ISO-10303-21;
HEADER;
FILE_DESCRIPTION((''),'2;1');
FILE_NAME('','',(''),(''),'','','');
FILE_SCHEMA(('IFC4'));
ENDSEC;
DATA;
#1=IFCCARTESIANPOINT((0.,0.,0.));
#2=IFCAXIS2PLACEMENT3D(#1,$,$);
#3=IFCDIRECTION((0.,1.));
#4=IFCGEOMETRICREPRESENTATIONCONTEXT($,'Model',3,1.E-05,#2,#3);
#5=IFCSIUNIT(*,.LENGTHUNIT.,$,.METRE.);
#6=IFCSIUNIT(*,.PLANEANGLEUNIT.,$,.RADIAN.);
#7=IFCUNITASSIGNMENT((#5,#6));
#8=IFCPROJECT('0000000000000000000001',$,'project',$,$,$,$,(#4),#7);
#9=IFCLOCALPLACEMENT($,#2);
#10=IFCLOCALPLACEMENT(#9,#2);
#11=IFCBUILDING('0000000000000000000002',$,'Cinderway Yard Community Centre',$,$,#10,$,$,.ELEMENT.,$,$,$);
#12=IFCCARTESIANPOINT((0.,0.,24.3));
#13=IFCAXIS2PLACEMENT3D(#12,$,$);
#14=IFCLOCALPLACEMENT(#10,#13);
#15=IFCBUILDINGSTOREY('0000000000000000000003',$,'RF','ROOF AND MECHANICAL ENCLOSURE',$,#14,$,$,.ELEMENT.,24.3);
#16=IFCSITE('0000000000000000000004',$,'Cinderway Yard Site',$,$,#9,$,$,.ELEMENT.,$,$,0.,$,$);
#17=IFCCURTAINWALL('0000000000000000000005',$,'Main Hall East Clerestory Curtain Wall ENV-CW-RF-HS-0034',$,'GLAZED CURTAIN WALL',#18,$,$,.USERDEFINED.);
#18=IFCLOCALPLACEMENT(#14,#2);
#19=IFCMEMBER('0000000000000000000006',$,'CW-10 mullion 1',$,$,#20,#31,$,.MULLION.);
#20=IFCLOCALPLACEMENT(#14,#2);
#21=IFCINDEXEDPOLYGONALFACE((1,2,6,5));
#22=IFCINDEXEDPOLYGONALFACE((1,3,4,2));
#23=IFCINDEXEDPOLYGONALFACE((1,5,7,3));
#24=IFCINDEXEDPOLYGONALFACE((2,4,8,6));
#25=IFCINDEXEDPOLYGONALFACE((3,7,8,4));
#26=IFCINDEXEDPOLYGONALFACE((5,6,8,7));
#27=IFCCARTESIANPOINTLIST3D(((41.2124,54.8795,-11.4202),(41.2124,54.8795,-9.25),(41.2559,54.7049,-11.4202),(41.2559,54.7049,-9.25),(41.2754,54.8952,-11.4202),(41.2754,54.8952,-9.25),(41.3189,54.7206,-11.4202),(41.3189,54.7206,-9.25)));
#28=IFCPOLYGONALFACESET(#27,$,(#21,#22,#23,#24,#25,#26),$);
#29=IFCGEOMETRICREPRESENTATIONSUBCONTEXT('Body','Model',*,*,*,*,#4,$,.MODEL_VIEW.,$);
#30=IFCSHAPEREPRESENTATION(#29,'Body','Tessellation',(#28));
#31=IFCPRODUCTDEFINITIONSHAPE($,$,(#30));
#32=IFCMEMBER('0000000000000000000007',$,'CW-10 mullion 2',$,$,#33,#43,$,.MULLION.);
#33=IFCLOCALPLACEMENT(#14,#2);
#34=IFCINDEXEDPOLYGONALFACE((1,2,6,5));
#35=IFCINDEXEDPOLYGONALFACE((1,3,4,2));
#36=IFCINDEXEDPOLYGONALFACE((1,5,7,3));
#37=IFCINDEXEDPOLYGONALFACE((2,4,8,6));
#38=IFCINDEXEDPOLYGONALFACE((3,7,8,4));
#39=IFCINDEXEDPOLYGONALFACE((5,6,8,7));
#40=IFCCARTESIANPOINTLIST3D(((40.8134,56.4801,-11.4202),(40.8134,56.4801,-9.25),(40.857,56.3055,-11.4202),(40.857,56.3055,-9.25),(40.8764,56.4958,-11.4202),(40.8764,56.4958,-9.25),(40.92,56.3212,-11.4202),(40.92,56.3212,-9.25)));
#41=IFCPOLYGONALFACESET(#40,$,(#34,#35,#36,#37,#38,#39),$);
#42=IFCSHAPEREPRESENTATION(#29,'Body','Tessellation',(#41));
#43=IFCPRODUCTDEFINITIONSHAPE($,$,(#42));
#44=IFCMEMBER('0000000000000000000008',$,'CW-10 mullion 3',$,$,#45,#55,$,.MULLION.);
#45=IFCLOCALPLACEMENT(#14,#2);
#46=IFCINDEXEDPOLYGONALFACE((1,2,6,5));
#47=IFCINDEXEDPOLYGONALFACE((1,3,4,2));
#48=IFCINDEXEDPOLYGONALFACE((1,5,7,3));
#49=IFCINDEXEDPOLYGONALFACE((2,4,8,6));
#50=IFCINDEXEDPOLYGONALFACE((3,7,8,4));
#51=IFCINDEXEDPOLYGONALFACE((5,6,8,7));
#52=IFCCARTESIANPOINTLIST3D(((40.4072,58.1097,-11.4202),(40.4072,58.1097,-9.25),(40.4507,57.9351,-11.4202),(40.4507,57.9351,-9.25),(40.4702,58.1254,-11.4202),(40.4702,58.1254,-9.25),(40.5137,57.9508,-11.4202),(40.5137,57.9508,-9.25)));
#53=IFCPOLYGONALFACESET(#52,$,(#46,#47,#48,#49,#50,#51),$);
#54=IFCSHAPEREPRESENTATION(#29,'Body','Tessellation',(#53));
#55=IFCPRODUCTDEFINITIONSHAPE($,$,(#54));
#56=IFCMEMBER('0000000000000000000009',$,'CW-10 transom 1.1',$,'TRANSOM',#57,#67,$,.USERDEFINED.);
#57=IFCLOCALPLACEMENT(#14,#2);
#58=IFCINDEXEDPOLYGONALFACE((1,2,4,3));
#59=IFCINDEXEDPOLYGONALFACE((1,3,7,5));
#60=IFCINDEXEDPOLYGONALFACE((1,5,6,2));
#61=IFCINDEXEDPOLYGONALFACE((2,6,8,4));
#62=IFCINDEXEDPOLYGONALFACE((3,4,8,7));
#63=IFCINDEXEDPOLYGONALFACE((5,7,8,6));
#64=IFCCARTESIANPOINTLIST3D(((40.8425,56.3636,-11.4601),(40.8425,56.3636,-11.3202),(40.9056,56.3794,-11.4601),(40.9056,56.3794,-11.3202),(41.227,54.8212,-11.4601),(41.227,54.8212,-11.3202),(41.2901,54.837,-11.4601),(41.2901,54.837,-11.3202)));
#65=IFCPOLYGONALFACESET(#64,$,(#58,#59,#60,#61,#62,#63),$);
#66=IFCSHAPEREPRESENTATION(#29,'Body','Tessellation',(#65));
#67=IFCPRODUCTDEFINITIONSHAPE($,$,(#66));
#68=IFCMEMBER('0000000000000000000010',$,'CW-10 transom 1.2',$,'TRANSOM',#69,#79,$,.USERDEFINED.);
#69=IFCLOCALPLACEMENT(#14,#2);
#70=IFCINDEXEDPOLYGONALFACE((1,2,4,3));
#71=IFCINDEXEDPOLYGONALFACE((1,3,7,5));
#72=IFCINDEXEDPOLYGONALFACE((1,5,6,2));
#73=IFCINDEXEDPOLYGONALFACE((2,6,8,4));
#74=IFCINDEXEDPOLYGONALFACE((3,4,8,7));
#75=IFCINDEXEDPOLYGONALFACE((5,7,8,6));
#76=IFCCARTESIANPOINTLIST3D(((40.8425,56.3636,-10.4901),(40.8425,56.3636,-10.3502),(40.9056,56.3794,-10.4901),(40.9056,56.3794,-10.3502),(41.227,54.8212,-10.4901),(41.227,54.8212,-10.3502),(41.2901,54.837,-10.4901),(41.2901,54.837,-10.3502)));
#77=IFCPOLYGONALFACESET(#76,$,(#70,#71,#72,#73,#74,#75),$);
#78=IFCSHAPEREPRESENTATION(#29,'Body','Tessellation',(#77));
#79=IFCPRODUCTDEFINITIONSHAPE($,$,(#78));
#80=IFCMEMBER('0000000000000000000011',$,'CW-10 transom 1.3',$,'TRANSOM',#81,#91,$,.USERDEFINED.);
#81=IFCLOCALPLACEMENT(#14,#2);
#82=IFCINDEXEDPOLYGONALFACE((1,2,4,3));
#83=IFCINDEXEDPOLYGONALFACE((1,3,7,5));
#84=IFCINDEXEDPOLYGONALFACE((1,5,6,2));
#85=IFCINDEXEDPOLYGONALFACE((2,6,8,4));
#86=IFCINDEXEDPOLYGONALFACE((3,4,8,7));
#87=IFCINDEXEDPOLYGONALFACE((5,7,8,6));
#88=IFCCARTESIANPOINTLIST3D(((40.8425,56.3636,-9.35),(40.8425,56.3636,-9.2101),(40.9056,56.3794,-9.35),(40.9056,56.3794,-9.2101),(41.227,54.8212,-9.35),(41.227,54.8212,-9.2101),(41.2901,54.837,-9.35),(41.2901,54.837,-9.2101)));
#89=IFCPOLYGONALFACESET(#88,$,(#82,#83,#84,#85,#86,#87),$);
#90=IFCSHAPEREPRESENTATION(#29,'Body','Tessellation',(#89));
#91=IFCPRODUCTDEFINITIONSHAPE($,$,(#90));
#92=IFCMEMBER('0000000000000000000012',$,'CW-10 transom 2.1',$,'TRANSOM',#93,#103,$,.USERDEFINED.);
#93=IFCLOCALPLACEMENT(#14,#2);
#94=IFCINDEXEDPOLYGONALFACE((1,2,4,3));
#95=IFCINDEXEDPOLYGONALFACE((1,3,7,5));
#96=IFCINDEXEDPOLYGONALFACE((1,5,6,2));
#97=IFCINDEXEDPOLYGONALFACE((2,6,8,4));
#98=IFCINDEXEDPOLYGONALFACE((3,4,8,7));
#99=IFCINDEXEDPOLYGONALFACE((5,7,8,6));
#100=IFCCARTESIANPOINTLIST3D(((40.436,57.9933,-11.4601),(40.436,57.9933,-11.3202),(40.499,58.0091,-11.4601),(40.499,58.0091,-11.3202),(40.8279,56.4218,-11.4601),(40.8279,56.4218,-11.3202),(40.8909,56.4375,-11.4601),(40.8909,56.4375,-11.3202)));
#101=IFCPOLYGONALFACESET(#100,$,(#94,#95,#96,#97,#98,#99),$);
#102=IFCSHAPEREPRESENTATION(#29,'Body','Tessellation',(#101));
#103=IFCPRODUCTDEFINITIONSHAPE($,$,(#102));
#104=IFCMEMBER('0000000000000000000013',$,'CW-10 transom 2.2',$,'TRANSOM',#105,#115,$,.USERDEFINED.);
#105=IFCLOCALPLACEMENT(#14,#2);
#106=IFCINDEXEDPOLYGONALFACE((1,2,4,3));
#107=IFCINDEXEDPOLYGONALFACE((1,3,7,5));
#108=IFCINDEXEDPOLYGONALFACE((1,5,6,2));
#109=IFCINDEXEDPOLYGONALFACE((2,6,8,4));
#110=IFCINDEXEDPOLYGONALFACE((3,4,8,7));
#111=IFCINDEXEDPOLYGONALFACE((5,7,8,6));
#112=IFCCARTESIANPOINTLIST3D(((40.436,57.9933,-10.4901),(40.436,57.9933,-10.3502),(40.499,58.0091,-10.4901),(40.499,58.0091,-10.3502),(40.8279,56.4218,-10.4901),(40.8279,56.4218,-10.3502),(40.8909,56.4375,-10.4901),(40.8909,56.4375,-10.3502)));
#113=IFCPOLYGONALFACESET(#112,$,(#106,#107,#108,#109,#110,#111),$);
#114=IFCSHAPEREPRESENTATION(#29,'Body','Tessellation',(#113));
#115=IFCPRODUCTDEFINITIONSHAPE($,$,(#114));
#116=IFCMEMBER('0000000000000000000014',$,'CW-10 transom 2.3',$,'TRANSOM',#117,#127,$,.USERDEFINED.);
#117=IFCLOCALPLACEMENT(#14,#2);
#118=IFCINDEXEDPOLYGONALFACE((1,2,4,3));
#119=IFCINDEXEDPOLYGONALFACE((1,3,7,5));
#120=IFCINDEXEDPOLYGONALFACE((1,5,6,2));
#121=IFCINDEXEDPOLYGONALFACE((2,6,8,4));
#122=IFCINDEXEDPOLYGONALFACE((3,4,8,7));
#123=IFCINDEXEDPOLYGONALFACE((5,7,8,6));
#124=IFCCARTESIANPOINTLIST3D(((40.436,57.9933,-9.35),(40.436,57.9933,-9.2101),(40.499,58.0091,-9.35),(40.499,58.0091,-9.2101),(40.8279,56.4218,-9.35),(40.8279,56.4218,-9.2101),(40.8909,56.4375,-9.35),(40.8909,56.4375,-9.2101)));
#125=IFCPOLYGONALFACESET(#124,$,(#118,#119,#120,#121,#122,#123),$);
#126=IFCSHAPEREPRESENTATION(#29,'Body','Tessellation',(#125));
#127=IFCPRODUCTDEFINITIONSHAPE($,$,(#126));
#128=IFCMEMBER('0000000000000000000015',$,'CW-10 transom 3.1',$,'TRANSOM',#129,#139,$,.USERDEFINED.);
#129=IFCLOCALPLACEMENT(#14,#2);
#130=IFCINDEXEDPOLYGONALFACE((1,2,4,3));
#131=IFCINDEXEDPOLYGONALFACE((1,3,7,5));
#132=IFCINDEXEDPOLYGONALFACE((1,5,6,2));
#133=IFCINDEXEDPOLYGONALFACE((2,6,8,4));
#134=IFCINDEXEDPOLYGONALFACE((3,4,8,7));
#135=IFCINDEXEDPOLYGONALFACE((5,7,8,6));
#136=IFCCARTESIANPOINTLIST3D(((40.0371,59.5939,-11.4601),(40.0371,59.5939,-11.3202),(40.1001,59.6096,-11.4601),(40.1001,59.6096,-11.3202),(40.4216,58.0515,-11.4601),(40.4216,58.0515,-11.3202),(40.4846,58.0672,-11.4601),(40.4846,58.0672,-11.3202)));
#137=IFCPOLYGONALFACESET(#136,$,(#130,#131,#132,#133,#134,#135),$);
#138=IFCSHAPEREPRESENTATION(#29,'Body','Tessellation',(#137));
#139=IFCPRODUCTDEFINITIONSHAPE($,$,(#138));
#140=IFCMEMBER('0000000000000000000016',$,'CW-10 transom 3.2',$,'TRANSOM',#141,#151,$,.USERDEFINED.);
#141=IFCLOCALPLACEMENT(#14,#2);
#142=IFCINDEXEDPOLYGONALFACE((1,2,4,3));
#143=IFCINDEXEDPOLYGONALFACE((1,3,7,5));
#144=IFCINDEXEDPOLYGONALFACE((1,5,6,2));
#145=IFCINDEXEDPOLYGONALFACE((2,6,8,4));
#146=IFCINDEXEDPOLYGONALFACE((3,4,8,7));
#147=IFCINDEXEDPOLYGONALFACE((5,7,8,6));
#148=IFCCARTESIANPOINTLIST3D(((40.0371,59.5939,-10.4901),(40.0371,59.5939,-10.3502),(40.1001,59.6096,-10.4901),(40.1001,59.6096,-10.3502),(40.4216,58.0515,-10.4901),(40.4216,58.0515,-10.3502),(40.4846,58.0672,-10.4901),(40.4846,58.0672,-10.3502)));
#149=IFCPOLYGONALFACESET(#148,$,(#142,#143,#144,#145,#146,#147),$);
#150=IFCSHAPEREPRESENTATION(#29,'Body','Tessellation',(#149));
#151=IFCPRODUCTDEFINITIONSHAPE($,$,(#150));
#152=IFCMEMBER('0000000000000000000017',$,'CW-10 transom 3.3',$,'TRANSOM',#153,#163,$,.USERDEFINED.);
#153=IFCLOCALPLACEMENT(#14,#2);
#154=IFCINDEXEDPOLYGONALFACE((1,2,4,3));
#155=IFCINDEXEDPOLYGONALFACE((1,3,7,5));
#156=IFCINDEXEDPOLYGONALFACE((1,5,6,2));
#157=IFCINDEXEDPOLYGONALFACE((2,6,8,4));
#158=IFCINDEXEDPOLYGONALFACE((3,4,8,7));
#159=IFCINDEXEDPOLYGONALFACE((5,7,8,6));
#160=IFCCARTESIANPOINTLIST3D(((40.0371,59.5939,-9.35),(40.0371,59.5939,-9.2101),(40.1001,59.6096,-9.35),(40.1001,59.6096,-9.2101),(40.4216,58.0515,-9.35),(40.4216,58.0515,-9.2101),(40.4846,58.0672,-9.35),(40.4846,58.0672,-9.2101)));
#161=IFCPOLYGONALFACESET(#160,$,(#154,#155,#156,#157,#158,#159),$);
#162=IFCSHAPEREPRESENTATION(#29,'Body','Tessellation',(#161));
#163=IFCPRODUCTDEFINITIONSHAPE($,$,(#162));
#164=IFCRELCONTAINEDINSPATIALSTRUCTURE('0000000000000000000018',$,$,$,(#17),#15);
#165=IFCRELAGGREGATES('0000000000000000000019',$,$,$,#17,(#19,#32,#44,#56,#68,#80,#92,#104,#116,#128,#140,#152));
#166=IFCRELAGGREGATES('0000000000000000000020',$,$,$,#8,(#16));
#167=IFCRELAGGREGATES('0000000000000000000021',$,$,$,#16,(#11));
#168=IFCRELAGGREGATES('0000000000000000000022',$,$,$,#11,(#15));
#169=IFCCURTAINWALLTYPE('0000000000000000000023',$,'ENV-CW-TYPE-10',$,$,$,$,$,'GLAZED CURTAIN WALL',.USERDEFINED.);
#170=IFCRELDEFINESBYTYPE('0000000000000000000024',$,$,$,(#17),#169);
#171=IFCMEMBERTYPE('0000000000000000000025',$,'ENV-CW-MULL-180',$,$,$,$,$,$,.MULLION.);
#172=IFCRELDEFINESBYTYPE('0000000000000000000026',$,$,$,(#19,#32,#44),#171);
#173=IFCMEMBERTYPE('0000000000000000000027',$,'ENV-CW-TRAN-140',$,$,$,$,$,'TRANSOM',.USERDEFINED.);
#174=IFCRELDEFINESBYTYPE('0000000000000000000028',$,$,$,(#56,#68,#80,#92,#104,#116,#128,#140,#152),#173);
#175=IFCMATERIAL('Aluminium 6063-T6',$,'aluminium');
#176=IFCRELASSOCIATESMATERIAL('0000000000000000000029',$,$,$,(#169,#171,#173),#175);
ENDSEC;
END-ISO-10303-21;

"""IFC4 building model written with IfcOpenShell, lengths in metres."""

from ifc_helpers import new_model, si_unit, direction, frame, origin, origin_2d, place, context, subcontext, project, spatial, rectangle, extrude, material, material_profile, profile_set, type_object, element, aggregate, save


model = new_model("IFC4")

# Units and contexts
model_context = context("Model", 3, precision=1e-05, world=origin(), true_north=direction((0.0, 1.0)))
body_context = subcontext(model_context, "Body", "Model", "MODEL_VIEW")
ifc_project = project(units=[si_unit("LENGTHUNIT", "METRE"), si_unit("PLANEANGLEUNIT", "RADIAN")], contexts=[model_context])

# Site, building, storey
site_placement = place(None, origin())
site = spatial("IfcSite", under=ifc_project, at=site_placement, Name="Cinderway Yard Site", CompositionType="ELEMENT", RefElevation=0.0)
building_placement = place(site_placement, origin())
building = spatial("IfcBuilding", under=site, at=building_placement, Name="Cinderway Yard Community Centre", CompositionType="ELEMENT")
storey_placement = place(building_placement, frame((0.0, 0.0, 24.3)))
storey = spatial("IfcBuildingStorey", under=building, at=storey_placement, Name="RF", Description="ROOF AND MECHANICAL ENCLOSURE", CompositionType="ELEMENT", Elevation=24.3)

# Curtain wall, members
ifc_material_1 = material(Name="Aluminium 6063-T6", Category="aluminium")
curtain_wall_type = type_object("IfcCurtainWallType", Name="ENV-CW-TYPE-10", ElementType="GLAZED CURTAIN WALL", PredefinedType="USERDEFINED", material=ifc_material_1)
curtain_wall_placement = place(storey_placement, origin())
curtain_wall = element("IfcCurtainWall", 1, at=curtain_wall_placement, inside=storey, type_object=curtain_wall_type, Name="Main Hall East Clerestory Curtain Wall ENV-CW-RF-HS-0034", ObjectType="GLAZED CURTAIN WALL", PredefinedType="USERDEFINED")
ifc_material_profile_1 = material_profile(ifc_material_1, rectangle(XDim=0.0649, YDim=0.1799, at=origin_2d()), Name="Aluminium 6063-T6")
ifc_profile_set_1 = profile_set([ifc_material_profile_1], Name="Aluminium 6063-T6")
member_type_1 = type_object("IfcMemberType", Name="ENV-CW-MULL-180", PredefinedType="MULLION", material=ifc_profile_set_1)
member_1_placement = place(storey_placement, frame((41.2656, 54.8, -11.4202), z_axis=(0.0, 0.0, 1.0), x_axis=(-0.970294, -0.241929, 0.0)))
member_1 = element("IfcMember", 2, at=member_1_placement, type_object=member_type_1, Name="CW-10 mullion 1", PredefinedType="MULLION", context=body_context, shape_type="SweptSolid", body=[
    extrude(rectangle(XDim=0.0649, YDim=0.1799, at=origin_2d()), origin(), (0.0, 0.0, 1.0), 2.1702),
])
member_2_placement = place(storey_placement, frame((40.8667, 56.4006, -11.4202), z_axis=(0.0, 0.0, 1.0), x_axis=(-0.970294, -0.241929, 0.0)))
member_2 = element("IfcMember", 3, at=member_2_placement, type_object=member_type_1, Name="CW-10 mullion 2", PredefinedType="MULLION", context=body_context, shape_type="SweptSolid", body=[
    extrude(rectangle(XDim=0.0649, YDim=0.1799, at=origin_2d()), origin(), (0.0, 0.0, 1.0), 2.1702),
])
member_3_placement = place(storey_placement, frame((40.4604, 58.0303, -11.4202), z_axis=(0.0, 0.0, 1.0), x_axis=(-0.970294, -0.241929, 0.0)))
member_3 = element("IfcMember", 4, at=member_3_placement, type_object=member_type_1, Name="CW-10 mullion 3", PredefinedType="MULLION", context=body_context, shape_type="SweptSolid", body=[
    extrude(rectangle(XDim=0.0649, YDim=0.1799, at=origin_2d()), origin(), (0.0, 0.0, 1.0), 2.1702),
])
ifc_material_profile_2 = material_profile(ifc_material_1, rectangle(XDim=0.0649, YDim=0.1399, at=origin_2d()), Name="Aluminium 6063-T6")
ifc_profile_set_2 = profile_set([ifc_material_profile_2], Name="Aluminium 6063-T6")
member_type_2 = type_object("IfcMemberType", Name="ENV-CW-TRAN-140", ElementType="TRANSOM", PredefinedType="USERDEFINED", material=ifc_profile_set_2)
member_4_placement = place(storey_placement, frame((41.2585, 54.8291, -11.3901), z_axis=(-0.241885, 0.970305, 0.0), x_axis=(-0.970305, -0.241885, 0.0)))
member_4 = element("IfcMember", 5, at=member_4_placement, type_object=member_type_2, Name="CW-10 transom 1.1", ObjectType="TRANSOM", PredefinedType="USERDEFINED", context=body_context, shape_type="SweptSolid", body=[
    extrude(rectangle(XDim=0.0649, YDim=0.1399, at=origin_2d()), origin(), (0.0, 0.0, 1.0), 1.5896),
])
member_5_placement = place(storey_placement, frame((41.2585, 54.8291, -10.4202), z_axis=(-0.241885, 0.970305, 0.0), x_axis=(-0.970305, -0.241885, 0.0)))
member_5 = element("IfcMember", 6, at=member_5_placement, type_object=member_type_2, Name="CW-10 transom 1.2", ObjectType="TRANSOM", PredefinedType="USERDEFINED", context=body_context, shape_type="SweptSolid", body=[
    extrude(rectangle(XDim=0.0649, YDim=0.1399, at=origin_2d()), origin(), (0.0, 0.0, 1.0), 1.5896),
])
member_6_placement = place(storey_placement, frame((41.2585, 54.8291, -9.28), z_axis=(-0.241885, 0.970305, 0.0), x_axis=(-0.970305, -0.241885, 0.0)))
member_6 = element("IfcMember", 7, at=member_6_placement, type_object=member_type_2, Name="CW-10 transom 1.3", ObjectType="TRANSOM", PredefinedType="USERDEFINED", context=body_context, shape_type="SweptSolid", body=[
    extrude(rectangle(XDim=0.0649, YDim=0.1399, at=origin_2d()), origin(), (0.0, 0.0, 1.0), 1.5896),
])
member_7_placement = place(storey_placement, frame((40.8594, 56.4297, -11.3901), z_axis=(-0.241933, 0.970293, 0.0), x_axis=(-0.970293, -0.241933, 0.0)))
member_7 = element("IfcMember", 8, at=member_7_placement, type_object=member_type_2, Name="CW-10 transom 2.1", ObjectType="TRANSOM", PredefinedType="USERDEFINED", context=body_context, shape_type="SweptSolid", body=[
    extrude(rectangle(XDim=0.0649, YDim=0.1399, at=origin_2d()), origin(), (0.0, 0.0, 1.0), 1.6196),
])
member_8_placement = place(storey_placement, frame((40.8594, 56.4297, -10.4202), z_axis=(-0.241933, 0.970293, 0.0), x_axis=(-0.970293, -0.241933, 0.0)))
member_8 = element("IfcMember", 9, at=member_8_placement, type_object=member_type_2, Name="CW-10 transom 2.2", ObjectType="TRANSOM", PredefinedType="USERDEFINED", context=body_context, shape_type="SweptSolid", body=[
    extrude(rectangle(XDim=0.0649, YDim=0.1399, at=origin_2d()), origin(), (0.0, 0.0, 1.0), 1.6196),
])
member_9_placement = place(storey_placement, frame((40.8594, 56.4297, -9.28), z_axis=(-0.241933, 0.970293, 0.0), x_axis=(-0.970293, -0.241933, 0.0)))
member_9 = element("IfcMember", 10, at=member_9_placement, type_object=member_type_2, Name="CW-10 transom 2.3", ObjectType="TRANSOM", PredefinedType="USERDEFINED", context=body_context, shape_type="SweptSolid", body=[
    extrude(rectangle(XDim=0.0649, YDim=0.1399, at=origin_2d()), origin(), (0.0, 0.0, 1.0), 1.6196),
])
member_10_placement = place(storey_placement, frame((40.4531, 58.0593, -11.3901), z_axis=(-0.241885, 0.970305, 0.0), x_axis=(-0.970305, -0.241885, 0.0)))
member_10 = element("IfcMember", 11, at=member_10_placement, type_object=member_type_2, Name="CW-10 transom 3.1", ObjectType="TRANSOM", PredefinedType="USERDEFINED", context=body_context, shape_type="SweptSolid", body=[
    extrude(rectangle(XDim=0.0649, YDim=0.1399, at=origin_2d()), origin(), (0.0, 0.0, 1.0), 1.5896),
])
member_11_placement = place(storey_placement, frame((40.4531, 58.0593, -10.4202), z_axis=(-0.241885, 0.970305, 0.0), x_axis=(-0.970305, -0.241885, 0.0)))
member_11 = element("IfcMember", 12, at=member_11_placement, type_object=member_type_2, Name="CW-10 transom 3.2", ObjectType="TRANSOM", PredefinedType="USERDEFINED", context=body_context, shape_type="SweptSolid", body=[
    extrude(rectangle(XDim=0.0649, YDim=0.1399, at=origin_2d()), origin(), (0.0, 0.0, 1.0), 1.5896),
])
member_12_placement = place(storey_placement, frame((40.4531, 58.0593, -9.28), z_axis=(-0.241885, 0.970305, 0.0), x_axis=(-0.970305, -0.241885, 0.0)))
member_12 = element("IfcMember", 13, at=member_12_placement, type_object=member_type_2, Name="CW-10 transom 3.3", ObjectType="TRANSOM", PredefinedType="USERDEFINED", context=body_context, shape_type="SweptSolid", body=[
    extrude(rectangle(XDim=0.0649, YDim=0.1399, at=origin_2d()), origin(), (0.0, 0.0, 1.0), 1.5896),
])

aggregate(curtain_wall, [member_1, member_2, member_3, member_4, member_5, member_6, member_7, member_8, member_9, member_10, member_11, member_12])

save(model, "model.ifc")
